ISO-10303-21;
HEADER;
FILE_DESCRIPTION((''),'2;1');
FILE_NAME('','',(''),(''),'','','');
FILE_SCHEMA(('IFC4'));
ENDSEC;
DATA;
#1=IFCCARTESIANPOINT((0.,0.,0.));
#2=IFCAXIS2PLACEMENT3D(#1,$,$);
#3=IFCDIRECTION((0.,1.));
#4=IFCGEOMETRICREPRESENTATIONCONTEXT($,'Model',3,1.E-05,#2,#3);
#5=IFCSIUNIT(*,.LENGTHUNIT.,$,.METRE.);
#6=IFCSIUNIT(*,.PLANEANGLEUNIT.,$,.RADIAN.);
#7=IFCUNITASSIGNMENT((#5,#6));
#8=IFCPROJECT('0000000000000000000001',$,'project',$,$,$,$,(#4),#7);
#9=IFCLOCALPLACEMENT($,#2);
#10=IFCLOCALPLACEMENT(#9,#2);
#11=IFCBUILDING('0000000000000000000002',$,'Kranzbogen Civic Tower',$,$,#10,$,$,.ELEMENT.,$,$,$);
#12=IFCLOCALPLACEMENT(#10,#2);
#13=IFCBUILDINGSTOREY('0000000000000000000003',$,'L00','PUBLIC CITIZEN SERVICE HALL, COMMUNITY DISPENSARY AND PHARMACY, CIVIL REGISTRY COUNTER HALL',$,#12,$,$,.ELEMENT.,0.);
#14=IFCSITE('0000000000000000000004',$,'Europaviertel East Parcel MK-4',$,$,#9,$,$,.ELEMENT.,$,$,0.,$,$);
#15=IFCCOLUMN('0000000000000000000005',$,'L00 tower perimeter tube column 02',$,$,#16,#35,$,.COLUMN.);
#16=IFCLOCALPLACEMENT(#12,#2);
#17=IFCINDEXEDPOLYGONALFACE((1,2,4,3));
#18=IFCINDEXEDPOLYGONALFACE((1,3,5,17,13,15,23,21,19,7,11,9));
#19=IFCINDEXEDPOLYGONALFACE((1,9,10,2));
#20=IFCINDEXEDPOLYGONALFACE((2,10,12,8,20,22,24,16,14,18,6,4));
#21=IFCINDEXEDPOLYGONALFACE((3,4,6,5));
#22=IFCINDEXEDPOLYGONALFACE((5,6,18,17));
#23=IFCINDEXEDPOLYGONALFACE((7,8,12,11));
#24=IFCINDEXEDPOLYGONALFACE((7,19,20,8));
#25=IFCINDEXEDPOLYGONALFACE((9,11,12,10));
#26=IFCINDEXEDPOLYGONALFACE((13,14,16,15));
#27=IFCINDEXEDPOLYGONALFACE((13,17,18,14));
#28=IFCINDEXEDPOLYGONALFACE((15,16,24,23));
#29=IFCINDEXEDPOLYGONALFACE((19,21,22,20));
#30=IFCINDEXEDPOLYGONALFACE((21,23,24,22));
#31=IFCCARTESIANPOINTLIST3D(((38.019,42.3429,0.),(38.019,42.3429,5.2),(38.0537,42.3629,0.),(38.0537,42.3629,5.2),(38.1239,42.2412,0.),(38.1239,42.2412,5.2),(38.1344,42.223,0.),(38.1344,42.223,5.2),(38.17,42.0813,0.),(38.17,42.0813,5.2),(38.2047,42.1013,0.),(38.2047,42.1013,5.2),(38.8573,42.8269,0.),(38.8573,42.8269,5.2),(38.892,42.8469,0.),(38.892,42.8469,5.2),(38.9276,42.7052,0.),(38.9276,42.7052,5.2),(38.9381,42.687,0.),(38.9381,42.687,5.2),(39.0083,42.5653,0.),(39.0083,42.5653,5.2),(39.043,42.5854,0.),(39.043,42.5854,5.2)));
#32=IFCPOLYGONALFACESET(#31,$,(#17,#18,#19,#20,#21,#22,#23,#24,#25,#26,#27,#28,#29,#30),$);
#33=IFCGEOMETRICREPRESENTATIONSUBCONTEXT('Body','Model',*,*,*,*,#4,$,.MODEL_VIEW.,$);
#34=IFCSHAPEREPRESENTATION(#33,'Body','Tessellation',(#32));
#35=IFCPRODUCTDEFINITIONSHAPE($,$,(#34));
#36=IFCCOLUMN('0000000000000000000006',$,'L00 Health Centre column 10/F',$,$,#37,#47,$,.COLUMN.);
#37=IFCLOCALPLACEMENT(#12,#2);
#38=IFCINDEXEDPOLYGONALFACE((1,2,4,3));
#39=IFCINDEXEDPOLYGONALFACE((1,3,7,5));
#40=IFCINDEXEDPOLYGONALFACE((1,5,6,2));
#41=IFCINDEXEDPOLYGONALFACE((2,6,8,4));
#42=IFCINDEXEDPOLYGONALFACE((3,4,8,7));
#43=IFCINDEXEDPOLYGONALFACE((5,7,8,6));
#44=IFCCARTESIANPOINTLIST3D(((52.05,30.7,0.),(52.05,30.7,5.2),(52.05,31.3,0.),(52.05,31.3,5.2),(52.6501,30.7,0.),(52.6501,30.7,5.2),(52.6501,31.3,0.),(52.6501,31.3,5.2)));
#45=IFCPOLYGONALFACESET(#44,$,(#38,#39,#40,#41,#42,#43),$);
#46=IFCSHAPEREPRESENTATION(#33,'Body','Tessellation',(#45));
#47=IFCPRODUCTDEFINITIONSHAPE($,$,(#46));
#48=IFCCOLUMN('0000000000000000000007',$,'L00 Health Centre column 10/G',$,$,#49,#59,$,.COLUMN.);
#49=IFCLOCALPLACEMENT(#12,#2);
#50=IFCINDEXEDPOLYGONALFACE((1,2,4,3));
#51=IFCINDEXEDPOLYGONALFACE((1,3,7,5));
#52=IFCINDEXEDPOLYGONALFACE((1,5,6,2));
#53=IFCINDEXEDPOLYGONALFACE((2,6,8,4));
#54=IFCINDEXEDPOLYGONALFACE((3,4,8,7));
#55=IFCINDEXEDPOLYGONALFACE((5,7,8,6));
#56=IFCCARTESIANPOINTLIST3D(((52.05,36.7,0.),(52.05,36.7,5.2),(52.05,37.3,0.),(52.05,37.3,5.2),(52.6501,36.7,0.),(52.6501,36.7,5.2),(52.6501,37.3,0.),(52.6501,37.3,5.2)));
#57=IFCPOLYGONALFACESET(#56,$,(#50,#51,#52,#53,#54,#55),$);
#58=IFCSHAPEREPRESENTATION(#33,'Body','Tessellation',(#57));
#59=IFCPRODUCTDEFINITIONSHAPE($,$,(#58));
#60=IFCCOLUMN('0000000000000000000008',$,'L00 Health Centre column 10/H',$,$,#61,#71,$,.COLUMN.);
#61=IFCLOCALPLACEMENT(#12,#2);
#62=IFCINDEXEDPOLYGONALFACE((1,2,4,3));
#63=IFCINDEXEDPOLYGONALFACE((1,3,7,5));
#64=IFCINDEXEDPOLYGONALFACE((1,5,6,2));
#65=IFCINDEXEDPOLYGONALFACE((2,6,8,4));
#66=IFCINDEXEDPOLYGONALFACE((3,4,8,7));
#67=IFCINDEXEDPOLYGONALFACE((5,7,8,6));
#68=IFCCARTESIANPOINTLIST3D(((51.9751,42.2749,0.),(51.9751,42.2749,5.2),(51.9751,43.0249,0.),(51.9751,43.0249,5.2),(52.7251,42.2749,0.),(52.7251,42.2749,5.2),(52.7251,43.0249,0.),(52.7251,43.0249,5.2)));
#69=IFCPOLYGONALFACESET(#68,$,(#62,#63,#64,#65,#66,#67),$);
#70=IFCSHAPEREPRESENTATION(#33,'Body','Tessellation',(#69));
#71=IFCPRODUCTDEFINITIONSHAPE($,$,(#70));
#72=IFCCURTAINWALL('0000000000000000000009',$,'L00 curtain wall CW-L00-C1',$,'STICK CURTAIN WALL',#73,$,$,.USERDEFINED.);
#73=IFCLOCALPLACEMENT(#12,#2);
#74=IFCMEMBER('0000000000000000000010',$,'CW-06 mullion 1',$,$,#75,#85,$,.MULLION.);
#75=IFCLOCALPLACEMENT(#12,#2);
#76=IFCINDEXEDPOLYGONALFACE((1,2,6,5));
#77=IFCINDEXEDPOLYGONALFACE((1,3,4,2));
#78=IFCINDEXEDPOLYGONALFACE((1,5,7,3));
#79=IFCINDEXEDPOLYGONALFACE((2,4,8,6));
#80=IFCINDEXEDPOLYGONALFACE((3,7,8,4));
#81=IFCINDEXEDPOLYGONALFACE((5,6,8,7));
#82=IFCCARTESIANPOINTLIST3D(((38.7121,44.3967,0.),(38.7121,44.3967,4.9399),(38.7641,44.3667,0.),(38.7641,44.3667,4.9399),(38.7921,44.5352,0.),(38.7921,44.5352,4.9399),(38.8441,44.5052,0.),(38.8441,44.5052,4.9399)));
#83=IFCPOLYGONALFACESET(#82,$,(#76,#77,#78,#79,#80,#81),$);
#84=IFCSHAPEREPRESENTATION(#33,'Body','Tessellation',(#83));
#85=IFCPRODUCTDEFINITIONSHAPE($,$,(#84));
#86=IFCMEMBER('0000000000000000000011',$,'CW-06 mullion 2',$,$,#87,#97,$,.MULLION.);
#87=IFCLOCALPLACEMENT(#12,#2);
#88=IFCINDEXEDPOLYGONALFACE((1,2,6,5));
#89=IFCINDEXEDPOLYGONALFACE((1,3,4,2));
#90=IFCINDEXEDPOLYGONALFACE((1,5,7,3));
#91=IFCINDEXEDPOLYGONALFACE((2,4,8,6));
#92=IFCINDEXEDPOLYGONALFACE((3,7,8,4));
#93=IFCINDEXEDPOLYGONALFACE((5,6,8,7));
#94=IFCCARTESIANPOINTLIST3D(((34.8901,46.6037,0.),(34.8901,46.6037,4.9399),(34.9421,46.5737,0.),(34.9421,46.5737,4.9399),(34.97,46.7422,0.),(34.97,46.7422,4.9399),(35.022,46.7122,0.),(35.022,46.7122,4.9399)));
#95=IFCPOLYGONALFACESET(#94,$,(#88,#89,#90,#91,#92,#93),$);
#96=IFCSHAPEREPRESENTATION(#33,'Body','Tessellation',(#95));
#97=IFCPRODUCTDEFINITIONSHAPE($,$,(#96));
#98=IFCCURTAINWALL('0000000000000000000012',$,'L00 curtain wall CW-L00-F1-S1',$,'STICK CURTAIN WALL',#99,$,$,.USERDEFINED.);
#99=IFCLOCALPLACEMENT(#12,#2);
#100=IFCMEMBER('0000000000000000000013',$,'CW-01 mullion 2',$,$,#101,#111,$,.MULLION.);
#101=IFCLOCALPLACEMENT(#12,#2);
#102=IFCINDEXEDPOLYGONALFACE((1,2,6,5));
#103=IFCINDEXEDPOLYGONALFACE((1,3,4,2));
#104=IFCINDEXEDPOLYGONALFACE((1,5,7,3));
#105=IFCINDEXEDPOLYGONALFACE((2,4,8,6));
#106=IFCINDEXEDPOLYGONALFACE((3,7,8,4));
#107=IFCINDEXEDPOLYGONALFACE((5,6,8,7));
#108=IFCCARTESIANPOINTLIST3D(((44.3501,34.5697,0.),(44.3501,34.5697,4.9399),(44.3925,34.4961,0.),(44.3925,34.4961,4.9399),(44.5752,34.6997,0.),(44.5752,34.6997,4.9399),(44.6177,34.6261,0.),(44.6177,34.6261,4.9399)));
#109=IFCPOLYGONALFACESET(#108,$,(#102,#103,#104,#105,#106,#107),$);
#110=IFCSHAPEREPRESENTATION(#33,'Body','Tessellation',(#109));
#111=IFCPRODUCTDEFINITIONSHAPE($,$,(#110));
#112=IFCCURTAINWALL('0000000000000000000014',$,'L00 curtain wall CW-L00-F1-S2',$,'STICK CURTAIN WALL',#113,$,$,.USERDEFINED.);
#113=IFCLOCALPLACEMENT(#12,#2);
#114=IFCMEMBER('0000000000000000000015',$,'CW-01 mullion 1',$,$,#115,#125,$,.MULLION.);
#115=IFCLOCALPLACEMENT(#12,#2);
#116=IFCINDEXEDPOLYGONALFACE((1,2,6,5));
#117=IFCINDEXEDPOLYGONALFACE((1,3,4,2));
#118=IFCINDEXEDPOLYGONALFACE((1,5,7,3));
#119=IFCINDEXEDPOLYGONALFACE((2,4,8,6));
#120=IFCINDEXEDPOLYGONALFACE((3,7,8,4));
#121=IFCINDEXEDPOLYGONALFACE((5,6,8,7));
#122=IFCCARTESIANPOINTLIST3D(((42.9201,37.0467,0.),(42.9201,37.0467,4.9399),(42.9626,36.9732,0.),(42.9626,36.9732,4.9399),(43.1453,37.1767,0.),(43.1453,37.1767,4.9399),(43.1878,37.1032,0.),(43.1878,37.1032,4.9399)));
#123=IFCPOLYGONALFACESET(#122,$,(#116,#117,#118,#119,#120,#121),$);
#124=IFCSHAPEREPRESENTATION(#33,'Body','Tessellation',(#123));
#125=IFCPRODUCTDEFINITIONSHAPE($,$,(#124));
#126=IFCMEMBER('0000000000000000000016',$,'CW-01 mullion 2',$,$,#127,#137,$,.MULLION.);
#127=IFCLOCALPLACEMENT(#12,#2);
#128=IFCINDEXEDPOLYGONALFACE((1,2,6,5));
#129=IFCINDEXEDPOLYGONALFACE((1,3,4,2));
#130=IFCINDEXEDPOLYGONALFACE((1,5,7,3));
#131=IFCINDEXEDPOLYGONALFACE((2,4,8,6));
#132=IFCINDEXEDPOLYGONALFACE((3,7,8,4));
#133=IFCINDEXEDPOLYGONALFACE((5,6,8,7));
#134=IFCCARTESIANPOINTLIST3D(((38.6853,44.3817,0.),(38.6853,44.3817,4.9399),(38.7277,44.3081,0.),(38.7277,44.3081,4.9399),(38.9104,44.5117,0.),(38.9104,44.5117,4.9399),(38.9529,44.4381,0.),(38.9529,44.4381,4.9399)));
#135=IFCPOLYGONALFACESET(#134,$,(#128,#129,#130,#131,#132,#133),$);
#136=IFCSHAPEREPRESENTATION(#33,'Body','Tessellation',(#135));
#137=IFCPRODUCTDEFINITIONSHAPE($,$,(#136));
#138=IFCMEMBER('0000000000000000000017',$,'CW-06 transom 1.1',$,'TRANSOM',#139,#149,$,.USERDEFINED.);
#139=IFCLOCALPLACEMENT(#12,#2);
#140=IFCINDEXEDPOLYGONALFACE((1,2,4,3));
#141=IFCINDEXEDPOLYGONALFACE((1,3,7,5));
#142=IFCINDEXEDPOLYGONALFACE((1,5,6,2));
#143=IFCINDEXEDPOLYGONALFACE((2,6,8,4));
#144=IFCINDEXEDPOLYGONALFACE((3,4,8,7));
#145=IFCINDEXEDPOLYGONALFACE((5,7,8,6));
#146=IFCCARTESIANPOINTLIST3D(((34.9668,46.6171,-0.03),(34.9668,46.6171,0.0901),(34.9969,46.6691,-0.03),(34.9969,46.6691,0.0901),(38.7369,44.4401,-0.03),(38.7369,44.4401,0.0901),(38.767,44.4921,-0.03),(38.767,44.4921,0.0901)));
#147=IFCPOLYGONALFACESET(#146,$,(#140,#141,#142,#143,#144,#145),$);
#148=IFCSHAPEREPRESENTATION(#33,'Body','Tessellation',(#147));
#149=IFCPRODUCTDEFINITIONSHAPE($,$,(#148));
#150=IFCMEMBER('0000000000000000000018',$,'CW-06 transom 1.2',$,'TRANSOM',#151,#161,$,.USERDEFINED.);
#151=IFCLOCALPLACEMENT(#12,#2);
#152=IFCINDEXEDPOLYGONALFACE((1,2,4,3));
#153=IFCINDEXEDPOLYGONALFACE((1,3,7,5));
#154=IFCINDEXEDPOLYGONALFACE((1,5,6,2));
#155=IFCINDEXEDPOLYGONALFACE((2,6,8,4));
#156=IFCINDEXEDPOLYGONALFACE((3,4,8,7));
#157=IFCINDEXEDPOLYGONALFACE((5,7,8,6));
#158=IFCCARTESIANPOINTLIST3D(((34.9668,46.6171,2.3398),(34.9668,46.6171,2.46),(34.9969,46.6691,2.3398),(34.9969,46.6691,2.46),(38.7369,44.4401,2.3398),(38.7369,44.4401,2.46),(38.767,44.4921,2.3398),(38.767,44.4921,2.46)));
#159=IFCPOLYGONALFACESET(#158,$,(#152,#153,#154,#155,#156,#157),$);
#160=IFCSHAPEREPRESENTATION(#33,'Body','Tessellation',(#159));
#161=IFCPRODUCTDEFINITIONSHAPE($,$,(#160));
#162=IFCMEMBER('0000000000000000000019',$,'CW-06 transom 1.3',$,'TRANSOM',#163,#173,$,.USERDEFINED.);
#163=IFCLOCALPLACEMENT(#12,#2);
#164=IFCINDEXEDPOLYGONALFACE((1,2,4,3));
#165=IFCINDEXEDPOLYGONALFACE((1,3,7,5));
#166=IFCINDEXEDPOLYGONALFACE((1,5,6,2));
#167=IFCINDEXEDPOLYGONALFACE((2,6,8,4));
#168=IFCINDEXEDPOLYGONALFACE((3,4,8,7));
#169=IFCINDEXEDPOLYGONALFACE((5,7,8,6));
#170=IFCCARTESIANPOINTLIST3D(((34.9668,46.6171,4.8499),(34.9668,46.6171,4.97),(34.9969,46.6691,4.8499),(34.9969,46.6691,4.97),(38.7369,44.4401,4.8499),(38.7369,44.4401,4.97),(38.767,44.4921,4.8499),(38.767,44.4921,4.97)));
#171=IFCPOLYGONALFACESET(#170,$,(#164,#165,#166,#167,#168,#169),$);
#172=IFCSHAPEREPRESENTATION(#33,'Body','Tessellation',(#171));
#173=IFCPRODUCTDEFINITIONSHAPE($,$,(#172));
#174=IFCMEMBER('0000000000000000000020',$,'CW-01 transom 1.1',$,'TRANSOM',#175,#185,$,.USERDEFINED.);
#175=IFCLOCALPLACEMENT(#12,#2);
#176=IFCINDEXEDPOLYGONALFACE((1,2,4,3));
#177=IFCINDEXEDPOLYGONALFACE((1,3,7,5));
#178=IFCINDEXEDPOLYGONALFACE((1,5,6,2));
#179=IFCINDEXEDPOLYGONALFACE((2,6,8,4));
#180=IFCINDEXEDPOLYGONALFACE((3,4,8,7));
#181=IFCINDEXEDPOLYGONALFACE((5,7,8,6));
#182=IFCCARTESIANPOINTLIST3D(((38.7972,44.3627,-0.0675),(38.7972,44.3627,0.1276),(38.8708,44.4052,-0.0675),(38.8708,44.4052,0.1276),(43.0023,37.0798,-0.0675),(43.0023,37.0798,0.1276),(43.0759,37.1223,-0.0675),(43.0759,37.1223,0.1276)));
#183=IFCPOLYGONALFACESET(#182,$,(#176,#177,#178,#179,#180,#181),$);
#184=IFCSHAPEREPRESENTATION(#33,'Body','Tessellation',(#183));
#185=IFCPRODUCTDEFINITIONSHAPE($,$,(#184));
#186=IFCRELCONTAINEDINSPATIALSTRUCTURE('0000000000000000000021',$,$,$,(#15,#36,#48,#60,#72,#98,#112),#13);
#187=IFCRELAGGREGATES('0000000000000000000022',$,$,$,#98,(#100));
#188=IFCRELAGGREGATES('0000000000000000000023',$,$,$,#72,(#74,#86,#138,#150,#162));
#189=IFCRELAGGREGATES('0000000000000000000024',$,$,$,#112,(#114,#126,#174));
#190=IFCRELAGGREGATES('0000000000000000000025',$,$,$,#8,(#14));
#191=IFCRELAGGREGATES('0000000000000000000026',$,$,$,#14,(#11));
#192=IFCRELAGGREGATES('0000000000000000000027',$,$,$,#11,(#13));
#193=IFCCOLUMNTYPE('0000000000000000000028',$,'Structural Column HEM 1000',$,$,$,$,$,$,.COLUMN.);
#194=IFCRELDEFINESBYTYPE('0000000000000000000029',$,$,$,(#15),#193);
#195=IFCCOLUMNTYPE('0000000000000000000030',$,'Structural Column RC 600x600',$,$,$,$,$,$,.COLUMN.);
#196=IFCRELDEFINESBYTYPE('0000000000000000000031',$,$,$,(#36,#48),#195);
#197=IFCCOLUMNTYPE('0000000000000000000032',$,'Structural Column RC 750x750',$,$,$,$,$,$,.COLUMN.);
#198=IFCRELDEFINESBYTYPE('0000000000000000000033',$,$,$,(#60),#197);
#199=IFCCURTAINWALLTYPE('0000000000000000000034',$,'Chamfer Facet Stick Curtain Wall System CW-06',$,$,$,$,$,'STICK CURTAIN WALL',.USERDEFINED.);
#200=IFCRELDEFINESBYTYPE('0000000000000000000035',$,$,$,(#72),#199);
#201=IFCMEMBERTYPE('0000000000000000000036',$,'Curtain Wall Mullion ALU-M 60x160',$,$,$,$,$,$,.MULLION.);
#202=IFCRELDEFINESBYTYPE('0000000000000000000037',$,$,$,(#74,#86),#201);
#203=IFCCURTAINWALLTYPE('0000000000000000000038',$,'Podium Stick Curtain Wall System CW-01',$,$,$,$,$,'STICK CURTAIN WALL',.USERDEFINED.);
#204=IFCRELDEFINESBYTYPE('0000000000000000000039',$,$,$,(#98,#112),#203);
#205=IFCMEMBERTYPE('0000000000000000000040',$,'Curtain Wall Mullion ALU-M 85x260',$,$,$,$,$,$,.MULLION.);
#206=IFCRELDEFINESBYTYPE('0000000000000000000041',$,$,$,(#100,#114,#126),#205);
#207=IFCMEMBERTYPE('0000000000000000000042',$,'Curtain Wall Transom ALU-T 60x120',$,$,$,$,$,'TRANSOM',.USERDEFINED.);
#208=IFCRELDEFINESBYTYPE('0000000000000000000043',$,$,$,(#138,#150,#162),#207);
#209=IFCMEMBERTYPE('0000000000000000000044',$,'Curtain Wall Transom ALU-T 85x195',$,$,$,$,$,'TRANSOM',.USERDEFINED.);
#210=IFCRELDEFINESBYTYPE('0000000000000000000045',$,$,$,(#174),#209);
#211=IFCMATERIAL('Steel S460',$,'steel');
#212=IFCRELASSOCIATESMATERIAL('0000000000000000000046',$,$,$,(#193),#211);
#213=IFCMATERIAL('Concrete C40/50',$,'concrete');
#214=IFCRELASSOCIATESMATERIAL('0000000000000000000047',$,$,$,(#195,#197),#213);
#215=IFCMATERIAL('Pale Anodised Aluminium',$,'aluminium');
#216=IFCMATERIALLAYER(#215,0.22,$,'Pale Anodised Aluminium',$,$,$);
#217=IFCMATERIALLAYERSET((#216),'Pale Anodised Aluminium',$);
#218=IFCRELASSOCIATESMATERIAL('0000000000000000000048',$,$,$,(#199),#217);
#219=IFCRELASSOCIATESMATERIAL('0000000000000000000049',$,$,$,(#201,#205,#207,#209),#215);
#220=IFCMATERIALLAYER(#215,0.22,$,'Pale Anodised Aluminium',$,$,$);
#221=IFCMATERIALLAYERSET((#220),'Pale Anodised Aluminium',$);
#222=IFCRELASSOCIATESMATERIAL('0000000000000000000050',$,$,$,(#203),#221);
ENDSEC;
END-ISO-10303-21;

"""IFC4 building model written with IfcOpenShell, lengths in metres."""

from ifc_helpers import new_model, si_unit, direction, frame, origin, origin_2d, place, context, subcontext, project, spatial, rectangle, i_section, extrude, material, layer, layer_set, material_profile, profile_set, type_object, element, aggregate, save


model = new_model("IFC4")

# Units and contexts
model_context = context("Model", 3, precision=1e-05, world=origin(), true_north=direction((0.0, 1.0)))
body_context = subcontext(model_context, "Body", "Model", "MODEL_VIEW")
ifc_project = project(units=[si_unit("LENGTHUNIT", "METRE"), si_unit("PLANEANGLEUNIT", "RADIAN")], contexts=[model_context])

# Site, building, storey
site_placement = place(None, origin())
site = spatial("IfcSite", under=ifc_project, at=site_placement, Name="Europaviertel East Parcel MK-4", CompositionType="ELEMENT", RefElevation=0.0)
building_placement = place(site_placement, origin())
building = spatial("IfcBuilding", under=site, at=building_placement, Name="Kranzbogen Civic Tower", CompositionType="ELEMENT")
storey_placement = place(building_placement, origin())
storey = spatial("IfcBuildingStorey", under=building, at=storey_placement, Name="L00", Description="PUBLIC CITIZEN SERVICE HALL, COMMUNITY DISPENSARY AND PHARMACY, CIVIL REGISTRY COUNTER HALL", CompositionType="ELEMENT", Elevation=0.0)

# Columns
ifc_material_1 = material(Name="Steel S460", Category="steel")
ifc_material_profile_1 = material_profile(ifc_material_1, i_section(OverallWidth=0.302, OverallDepth=1.0081, WebThickness=0.021, FlangeThickness=0.04, at=origin_2d()), Name="HEM 1000")
ifc_profile_set_1 = profile_set([ifc_material_profile_1], Name="Steel S460")
column_type_1 = type_object("IfcColumnType", Name="Structural Column HEM 1000", PredefinedType="COLUMN", material=ifc_profile_set_1)
column_1_placement = place(storey_placement, frame((38.531, 42.4641, 0.0), z_axis=(0.0, 0.0, 1.0), x_axis=(-0.5, 0.866025, 0.0)))
element("IfcColumn", 1, at=column_1_placement, inside=storey, type_object=column_type_1, Name="L00 tower perimeter tube column 02", PredefinedType="COLUMN", context=body_context, shape_type="SweptSolid", body=[
    extrude(i_section(OverallWidth=0.302, OverallDepth=1.0081, WebThickness=0.021, FlangeThickness=0.04, at=origin_2d()), origin(), (0.0, 0.0, 1.0), 5.2),
])
ifc_material_2 = material(Name="Concrete C40/50", Category="concrete")
ifc_material_profile_2 = material_profile(ifc_material_2, rectangle(XDim=0.6001, YDim=0.6001, at=origin_2d()), Name="RC 600x600")
ifc_profile_set_2 = profile_set([ifc_material_profile_2], Name="Concrete C40/50")
column_type_2 = type_object("IfcColumnType", Name="Structural Column RC 600x600", PredefinedType="COLUMN", material=ifc_profile_set_2)
for number, where, z_axis, x_axis, name in (
    (2, (52.3501, 31.0, 0.0), (0.0, 0.0, 1.0), (1.0, 0.0, 0.0), "L00 Health Centre column 10/F"),
    (3, (52.3501, 37.0, 0.0), (0.0, 0.0, 1.0), (1.0, 0.0, 0.0), "L00 Health Centre column 10/G"),
):
    element("IfcColumn", number, at=place(storey_placement, frame(where, z_axis=z_axis, x_axis=x_axis)), inside=storey, type_object=column_type_2, Name=name, PredefinedType="COLUMN", context=body_context, shape_type="SweptSolid", body=[
        extrude(rectangle(XDim=0.6001, YDim=0.6001, at=origin_2d()), origin(), (0.0, 0.0, 1.0), 5.2),
    ])
ifc_material_profile_3 = material_profile(ifc_material_2, rectangle(XDim=0.75, YDim=0.75, at=origin_2d()), Name="RC 750x750")
ifc_profile_set_3 = profile_set([ifc_material_profile_3], Name="Concrete C40/50")
column_type_3 = type_object("IfcColumnType", Name="Structural Column RC 750x750", PredefinedType="COLUMN", material=ifc_profile_set_3)
column_2_placement = place(storey_placement, frame((52.3501, 42.6499, 0.0), z_axis=(0.0, 0.0, 1.0), x_axis=(1.0, 0.0, 0.0)))
element("IfcColumn", 4, at=column_2_placement, inside=storey, type_object=column_type_3, Name="L00 Health Centre column 10/H", PredefinedType="COLUMN", context=body_context, shape_type="SweptSolid", body=[
    extrude(rectangle(XDim=0.75, YDim=0.75, at=origin_2d()), origin(), (0.0, 0.0, 1.0), 5.2),
])

# Curtain wall, members
ifc_material_3 = material(Name="Pale Anodised Aluminium", Category="aluminium")
ifc_layer_1 = layer(ifc_material_3, 0.22, Name="Pale Anodised Aluminium")
ifc_layer_set_1 = layer_set([ifc_layer_1], Name="Pale Anodised Aluminium")
curtain_wall_type_1 = type_object("IfcCurtainWallType", Name="Chamfer Facet Stick Curtain Wall System CW-06", ElementType="STICK CURTAIN WALL", PredefinedType="USERDEFINED", material=ifc_layer_set_1)
curtain_wall_1_placement = place(storey_placement, origin())
curtain_wall_1 = element("IfcCurtainWall", 5, at=curtain_wall_1_placement, inside=storey, type_object=curtain_wall_type_1, Name="L00 curtain wall CW-L00-C1", ObjectType="STICK CURTAIN WALL", PredefinedType="USERDEFINED")
ifc_material_profile_4 = material_profile(ifc_material_3, rectangle(XDim=0.0601, YDim=0.1599, at=origin_2d()), Name="ALU-M 60x160")
ifc_profile_set_4 = profile_set([ifc_material_profile_4], Name="Pale Anodised Aluminium")
member_type_1 = type_object("IfcMemberType", Name="Curtain Wall Mullion ALU-M 60x160", PredefinedType="MULLION", material=ifc_profile_set_4)
member_1_placement = place(storey_placement, frame((38.7781, 44.4509, 0.0), z_axis=(0.0, 0.0, 1.0), x_axis=(-0.865992, 0.500058, 0.0)))
member_1 = element("IfcMember", 6, at=member_1_placement, type_object=member_type_1, Name="CW-06 mullion 1", PredefinedType="MULLION", context=body_context, shape_type="SweptSolid", body=[
    extrude(rectangle(XDim=0.0601, YDim=0.1599, at=origin_2d()), origin(), (0.0, 0.0, 1.0), 4.9399),
])
member_2_placement = place(storey_placement, frame((34.9561, 46.658, 0.0), z_axis=(0.0, 0.0, 1.0), x_axis=(-0.865992, 0.500058, 0.0)))
member_2 = element("IfcMember", 7, at=member_2_placement, type_object=member_type_1, Name="CW-06 mullion 2", PredefinedType="MULLION", context=body_context, shape_type="SweptSolid", body=[
    extrude(rectangle(XDim=0.0601, YDim=0.1599, at=origin_2d()), origin(), (0.0, 0.0, 1.0), 4.9399),
])

# Curtain wall, member
ifc_layer_2 = layer(ifc_material_3, 0.22, Name="Pale Anodised Aluminium")
ifc_layer_set_2 = layer_set([ifc_layer_2], Name="Pale Anodised Aluminium")
curtain_wall_type_2 = type_object("IfcCurtainWallType", Name="Podium Stick Curtain Wall System CW-01", ElementType="STICK CURTAIN WALL", PredefinedType="USERDEFINED", material=ifc_layer_set_2)
curtain_wall_2_placement = place(storey_placement, origin())
curtain_wall_2 = element("IfcCurtainWall", 8, at=curtain_wall_2_placement, inside=storey, type_object=curtain_wall_type_2, Name="L00 curtain wall CW-L00-F1-S1", ObjectType="STICK CURTAIN WALL", PredefinedType="USERDEFINED")
ifc_material_profile_5 = material_profile(ifc_material_3, rectangle(XDim=0.085, YDim=0.26, at=origin_2d()), Name="ALU-M 85x260")
ifc_profile_set_5 = profile_set([ifc_material_profile_5], Name="Pale Anodised Aluminium")
member_type_2 = type_object("IfcMemberType", Name="Curtain Wall Mullion ALU-M 85x260", PredefinedType="MULLION", material=ifc_profile_set_5)
member_3_placement = place(storey_placement, frame((44.4839, 34.5979, 0.0), z_axis=(0.0, 0.0, 1.0), x_axis=(-0.50001, 0.86602, 0.0)))
member_3 = element("IfcMember", 9, at=member_3_placement, type_object=member_type_2, Name="CW-01 mullion 2", PredefinedType="MULLION", context=body_context, shape_type="SweptSolid", body=[
    extrude(rectangle(XDim=0.085, YDim=0.26, at=origin_2d()), origin(), (0.0, 0.0, 1.0), 4.9399),
])
aggregate(curtain_wall_2, [member_3])

# Curtain wall, members
curtain_wall_3_placement = place(storey_placement, origin())
curtain_wall_3 = element("IfcCurtainWall", 10, at=curtain_wall_3_placement, inside=storey, type_object=curtain_wall_type_2, Name="L00 curtain wall CW-L00-F1-S2", ObjectType="STICK CURTAIN WALL", PredefinedType="USERDEFINED")
member_4_placement = place(storey_placement, frame((43.054, 37.075, 0.0), z_axis=(0.0, 0.0, 1.0), x_axis=(-0.50001, 0.86602, 0.0)))
member_4 = element("IfcMember", 11, at=member_4_placement, type_object=member_type_2, Name="CW-01 mullion 1", PredefinedType="MULLION", context=body_context, shape_type="SweptSolid", body=[
    extrude(rectangle(XDim=0.085, YDim=0.26, at=origin_2d()), origin(), (0.0, 0.0, 1.0), 4.9399),
])
member_5_placement = place(storey_placement, frame((38.8191, 44.4099, 0.0), z_axis=(0.0, 0.0, 1.0), x_axis=(-0.50001, 0.86602, 0.0)))
member_5 = element("IfcMember", 12, at=member_5_placement, type_object=member_type_2, Name="CW-01 mullion 2", PredefinedType="MULLION", context=body_context, shape_type="SweptSolid", body=[
    extrude(rectangle(XDim=0.085, YDim=0.26, at=origin_2d()), origin(), (0.0, 0.0, 1.0), 4.9399),
])

# Members
ifc_material_profile_6 = material_profile(ifc_material_3, rectangle(XDim=0.0601, YDim=0.1201, at=origin_2d()), Name="ALU-T 60x120")
ifc_profile_set_6 = profile_set([ifc_material_profile_6], Name="Pale Anodised Aluminium")
member_type_3 = type_object("IfcMemberType", Name="Curtain Wall Transom ALU-T 60x120", ElementType="TRANSOM", PredefinedType="USERDEFINED", material=ifc_profile_set_6)
member_6_placement = place(storey_placement, frame((38.752, 44.4661, 0.03), z_axis=(-0.865988, 0.500065, 0.0), x_axis=(-0.500065, -0.865988, 0.0)))
member_6 = element("IfcMember", 13, at=member_6_placement, type_object=member_type_3, Name="CW-06 transom 1.1", ObjectType="TRANSOM", PredefinedType="USERDEFINED", context=body_context, shape_type="SweptSolid", body=[
    extrude(rectangle(XDim=0.0601, YDim=0.1201, at=origin_2d()), origin(), (0.0, 0.0, 1.0), 4.3535),
])
member_7_placement = place(storey_placement, frame((38.752, 44.4661, 2.3999), z_axis=(-0.865988, 0.500065, 0.0), x_axis=(-0.500065, -0.865988, 0.0)))
member_7 = element("IfcMember", 14, at=member_7_placement, type_object=member_type_3, Name="CW-06 transom 1.2", ObjectType="TRANSOM", PredefinedType="USERDEFINED", context=body_context, shape_type="SweptSolid", body=[
    extrude(rectangle(XDim=0.0601, YDim=0.1201, at=origin_2d()), origin(), (0.0, 0.0, 1.0), 4.3535),
])
member_8_placement = place(storey_placement, frame((38.752, 44.4661, 4.9099), z_axis=(-0.865988, 0.500065, 0.0), x_axis=(-0.500065, -0.865988, 0.0)))
member_8 = element("IfcMember", 15, at=member_8_placement, type_object=member_type_3, Name="CW-06 transom 1.3", ObjectType="TRANSOM", PredefinedType="USERDEFINED", context=body_context, shape_type="SweptSolid", body=[
    extrude(rectangle(XDim=0.0601, YDim=0.1201, at=origin_2d()), origin(), (0.0, 0.0, 1.0), 4.3535),
])
ifc_material_profile_7 = material_profile(ifc_material_3, rectangle(XDim=0.085, YDim=0.1951, at=origin_2d()), Name="ALU-T 85x195")
ifc_profile_set_7 = profile_set([ifc_material_profile_7], Name="Pale Anodised Aluminium")
member_type_4 = type_object("IfcMemberType", Name="Curtain Wall Transom ALU-T 85x195", ElementType="TRANSOM", PredefinedType="USERDEFINED", material=ifc_profile_set_7)
member_9_placement = place(storey_placement, frame((43.0391, 37.1011, 0.03), z_axis=(-0.500023, 0.866012, 0.0), x_axis=(-0.866012, -0.500023, 0.0)))
member_9 = element("IfcMember", 16, at=member_9_placement, type_object=member_type_4, Name="CW-01 transom 1.1", ObjectType="TRANSOM", PredefinedType="USERDEFINED", context=body_context, shape_type="SweptSolid", body=[
    extrude(rectangle(XDim=0.085, YDim=0.1951, at=origin_2d()), origin(), (0.0, 0.0, 1.0), 8.4097),
])

aggregate(curtain_wall_1, [member_1, member_2, member_6, member_7, member_8])
aggregate(curtain_wall_3, [member_4, member_5, member_9])

save(model, "model.ifc")
